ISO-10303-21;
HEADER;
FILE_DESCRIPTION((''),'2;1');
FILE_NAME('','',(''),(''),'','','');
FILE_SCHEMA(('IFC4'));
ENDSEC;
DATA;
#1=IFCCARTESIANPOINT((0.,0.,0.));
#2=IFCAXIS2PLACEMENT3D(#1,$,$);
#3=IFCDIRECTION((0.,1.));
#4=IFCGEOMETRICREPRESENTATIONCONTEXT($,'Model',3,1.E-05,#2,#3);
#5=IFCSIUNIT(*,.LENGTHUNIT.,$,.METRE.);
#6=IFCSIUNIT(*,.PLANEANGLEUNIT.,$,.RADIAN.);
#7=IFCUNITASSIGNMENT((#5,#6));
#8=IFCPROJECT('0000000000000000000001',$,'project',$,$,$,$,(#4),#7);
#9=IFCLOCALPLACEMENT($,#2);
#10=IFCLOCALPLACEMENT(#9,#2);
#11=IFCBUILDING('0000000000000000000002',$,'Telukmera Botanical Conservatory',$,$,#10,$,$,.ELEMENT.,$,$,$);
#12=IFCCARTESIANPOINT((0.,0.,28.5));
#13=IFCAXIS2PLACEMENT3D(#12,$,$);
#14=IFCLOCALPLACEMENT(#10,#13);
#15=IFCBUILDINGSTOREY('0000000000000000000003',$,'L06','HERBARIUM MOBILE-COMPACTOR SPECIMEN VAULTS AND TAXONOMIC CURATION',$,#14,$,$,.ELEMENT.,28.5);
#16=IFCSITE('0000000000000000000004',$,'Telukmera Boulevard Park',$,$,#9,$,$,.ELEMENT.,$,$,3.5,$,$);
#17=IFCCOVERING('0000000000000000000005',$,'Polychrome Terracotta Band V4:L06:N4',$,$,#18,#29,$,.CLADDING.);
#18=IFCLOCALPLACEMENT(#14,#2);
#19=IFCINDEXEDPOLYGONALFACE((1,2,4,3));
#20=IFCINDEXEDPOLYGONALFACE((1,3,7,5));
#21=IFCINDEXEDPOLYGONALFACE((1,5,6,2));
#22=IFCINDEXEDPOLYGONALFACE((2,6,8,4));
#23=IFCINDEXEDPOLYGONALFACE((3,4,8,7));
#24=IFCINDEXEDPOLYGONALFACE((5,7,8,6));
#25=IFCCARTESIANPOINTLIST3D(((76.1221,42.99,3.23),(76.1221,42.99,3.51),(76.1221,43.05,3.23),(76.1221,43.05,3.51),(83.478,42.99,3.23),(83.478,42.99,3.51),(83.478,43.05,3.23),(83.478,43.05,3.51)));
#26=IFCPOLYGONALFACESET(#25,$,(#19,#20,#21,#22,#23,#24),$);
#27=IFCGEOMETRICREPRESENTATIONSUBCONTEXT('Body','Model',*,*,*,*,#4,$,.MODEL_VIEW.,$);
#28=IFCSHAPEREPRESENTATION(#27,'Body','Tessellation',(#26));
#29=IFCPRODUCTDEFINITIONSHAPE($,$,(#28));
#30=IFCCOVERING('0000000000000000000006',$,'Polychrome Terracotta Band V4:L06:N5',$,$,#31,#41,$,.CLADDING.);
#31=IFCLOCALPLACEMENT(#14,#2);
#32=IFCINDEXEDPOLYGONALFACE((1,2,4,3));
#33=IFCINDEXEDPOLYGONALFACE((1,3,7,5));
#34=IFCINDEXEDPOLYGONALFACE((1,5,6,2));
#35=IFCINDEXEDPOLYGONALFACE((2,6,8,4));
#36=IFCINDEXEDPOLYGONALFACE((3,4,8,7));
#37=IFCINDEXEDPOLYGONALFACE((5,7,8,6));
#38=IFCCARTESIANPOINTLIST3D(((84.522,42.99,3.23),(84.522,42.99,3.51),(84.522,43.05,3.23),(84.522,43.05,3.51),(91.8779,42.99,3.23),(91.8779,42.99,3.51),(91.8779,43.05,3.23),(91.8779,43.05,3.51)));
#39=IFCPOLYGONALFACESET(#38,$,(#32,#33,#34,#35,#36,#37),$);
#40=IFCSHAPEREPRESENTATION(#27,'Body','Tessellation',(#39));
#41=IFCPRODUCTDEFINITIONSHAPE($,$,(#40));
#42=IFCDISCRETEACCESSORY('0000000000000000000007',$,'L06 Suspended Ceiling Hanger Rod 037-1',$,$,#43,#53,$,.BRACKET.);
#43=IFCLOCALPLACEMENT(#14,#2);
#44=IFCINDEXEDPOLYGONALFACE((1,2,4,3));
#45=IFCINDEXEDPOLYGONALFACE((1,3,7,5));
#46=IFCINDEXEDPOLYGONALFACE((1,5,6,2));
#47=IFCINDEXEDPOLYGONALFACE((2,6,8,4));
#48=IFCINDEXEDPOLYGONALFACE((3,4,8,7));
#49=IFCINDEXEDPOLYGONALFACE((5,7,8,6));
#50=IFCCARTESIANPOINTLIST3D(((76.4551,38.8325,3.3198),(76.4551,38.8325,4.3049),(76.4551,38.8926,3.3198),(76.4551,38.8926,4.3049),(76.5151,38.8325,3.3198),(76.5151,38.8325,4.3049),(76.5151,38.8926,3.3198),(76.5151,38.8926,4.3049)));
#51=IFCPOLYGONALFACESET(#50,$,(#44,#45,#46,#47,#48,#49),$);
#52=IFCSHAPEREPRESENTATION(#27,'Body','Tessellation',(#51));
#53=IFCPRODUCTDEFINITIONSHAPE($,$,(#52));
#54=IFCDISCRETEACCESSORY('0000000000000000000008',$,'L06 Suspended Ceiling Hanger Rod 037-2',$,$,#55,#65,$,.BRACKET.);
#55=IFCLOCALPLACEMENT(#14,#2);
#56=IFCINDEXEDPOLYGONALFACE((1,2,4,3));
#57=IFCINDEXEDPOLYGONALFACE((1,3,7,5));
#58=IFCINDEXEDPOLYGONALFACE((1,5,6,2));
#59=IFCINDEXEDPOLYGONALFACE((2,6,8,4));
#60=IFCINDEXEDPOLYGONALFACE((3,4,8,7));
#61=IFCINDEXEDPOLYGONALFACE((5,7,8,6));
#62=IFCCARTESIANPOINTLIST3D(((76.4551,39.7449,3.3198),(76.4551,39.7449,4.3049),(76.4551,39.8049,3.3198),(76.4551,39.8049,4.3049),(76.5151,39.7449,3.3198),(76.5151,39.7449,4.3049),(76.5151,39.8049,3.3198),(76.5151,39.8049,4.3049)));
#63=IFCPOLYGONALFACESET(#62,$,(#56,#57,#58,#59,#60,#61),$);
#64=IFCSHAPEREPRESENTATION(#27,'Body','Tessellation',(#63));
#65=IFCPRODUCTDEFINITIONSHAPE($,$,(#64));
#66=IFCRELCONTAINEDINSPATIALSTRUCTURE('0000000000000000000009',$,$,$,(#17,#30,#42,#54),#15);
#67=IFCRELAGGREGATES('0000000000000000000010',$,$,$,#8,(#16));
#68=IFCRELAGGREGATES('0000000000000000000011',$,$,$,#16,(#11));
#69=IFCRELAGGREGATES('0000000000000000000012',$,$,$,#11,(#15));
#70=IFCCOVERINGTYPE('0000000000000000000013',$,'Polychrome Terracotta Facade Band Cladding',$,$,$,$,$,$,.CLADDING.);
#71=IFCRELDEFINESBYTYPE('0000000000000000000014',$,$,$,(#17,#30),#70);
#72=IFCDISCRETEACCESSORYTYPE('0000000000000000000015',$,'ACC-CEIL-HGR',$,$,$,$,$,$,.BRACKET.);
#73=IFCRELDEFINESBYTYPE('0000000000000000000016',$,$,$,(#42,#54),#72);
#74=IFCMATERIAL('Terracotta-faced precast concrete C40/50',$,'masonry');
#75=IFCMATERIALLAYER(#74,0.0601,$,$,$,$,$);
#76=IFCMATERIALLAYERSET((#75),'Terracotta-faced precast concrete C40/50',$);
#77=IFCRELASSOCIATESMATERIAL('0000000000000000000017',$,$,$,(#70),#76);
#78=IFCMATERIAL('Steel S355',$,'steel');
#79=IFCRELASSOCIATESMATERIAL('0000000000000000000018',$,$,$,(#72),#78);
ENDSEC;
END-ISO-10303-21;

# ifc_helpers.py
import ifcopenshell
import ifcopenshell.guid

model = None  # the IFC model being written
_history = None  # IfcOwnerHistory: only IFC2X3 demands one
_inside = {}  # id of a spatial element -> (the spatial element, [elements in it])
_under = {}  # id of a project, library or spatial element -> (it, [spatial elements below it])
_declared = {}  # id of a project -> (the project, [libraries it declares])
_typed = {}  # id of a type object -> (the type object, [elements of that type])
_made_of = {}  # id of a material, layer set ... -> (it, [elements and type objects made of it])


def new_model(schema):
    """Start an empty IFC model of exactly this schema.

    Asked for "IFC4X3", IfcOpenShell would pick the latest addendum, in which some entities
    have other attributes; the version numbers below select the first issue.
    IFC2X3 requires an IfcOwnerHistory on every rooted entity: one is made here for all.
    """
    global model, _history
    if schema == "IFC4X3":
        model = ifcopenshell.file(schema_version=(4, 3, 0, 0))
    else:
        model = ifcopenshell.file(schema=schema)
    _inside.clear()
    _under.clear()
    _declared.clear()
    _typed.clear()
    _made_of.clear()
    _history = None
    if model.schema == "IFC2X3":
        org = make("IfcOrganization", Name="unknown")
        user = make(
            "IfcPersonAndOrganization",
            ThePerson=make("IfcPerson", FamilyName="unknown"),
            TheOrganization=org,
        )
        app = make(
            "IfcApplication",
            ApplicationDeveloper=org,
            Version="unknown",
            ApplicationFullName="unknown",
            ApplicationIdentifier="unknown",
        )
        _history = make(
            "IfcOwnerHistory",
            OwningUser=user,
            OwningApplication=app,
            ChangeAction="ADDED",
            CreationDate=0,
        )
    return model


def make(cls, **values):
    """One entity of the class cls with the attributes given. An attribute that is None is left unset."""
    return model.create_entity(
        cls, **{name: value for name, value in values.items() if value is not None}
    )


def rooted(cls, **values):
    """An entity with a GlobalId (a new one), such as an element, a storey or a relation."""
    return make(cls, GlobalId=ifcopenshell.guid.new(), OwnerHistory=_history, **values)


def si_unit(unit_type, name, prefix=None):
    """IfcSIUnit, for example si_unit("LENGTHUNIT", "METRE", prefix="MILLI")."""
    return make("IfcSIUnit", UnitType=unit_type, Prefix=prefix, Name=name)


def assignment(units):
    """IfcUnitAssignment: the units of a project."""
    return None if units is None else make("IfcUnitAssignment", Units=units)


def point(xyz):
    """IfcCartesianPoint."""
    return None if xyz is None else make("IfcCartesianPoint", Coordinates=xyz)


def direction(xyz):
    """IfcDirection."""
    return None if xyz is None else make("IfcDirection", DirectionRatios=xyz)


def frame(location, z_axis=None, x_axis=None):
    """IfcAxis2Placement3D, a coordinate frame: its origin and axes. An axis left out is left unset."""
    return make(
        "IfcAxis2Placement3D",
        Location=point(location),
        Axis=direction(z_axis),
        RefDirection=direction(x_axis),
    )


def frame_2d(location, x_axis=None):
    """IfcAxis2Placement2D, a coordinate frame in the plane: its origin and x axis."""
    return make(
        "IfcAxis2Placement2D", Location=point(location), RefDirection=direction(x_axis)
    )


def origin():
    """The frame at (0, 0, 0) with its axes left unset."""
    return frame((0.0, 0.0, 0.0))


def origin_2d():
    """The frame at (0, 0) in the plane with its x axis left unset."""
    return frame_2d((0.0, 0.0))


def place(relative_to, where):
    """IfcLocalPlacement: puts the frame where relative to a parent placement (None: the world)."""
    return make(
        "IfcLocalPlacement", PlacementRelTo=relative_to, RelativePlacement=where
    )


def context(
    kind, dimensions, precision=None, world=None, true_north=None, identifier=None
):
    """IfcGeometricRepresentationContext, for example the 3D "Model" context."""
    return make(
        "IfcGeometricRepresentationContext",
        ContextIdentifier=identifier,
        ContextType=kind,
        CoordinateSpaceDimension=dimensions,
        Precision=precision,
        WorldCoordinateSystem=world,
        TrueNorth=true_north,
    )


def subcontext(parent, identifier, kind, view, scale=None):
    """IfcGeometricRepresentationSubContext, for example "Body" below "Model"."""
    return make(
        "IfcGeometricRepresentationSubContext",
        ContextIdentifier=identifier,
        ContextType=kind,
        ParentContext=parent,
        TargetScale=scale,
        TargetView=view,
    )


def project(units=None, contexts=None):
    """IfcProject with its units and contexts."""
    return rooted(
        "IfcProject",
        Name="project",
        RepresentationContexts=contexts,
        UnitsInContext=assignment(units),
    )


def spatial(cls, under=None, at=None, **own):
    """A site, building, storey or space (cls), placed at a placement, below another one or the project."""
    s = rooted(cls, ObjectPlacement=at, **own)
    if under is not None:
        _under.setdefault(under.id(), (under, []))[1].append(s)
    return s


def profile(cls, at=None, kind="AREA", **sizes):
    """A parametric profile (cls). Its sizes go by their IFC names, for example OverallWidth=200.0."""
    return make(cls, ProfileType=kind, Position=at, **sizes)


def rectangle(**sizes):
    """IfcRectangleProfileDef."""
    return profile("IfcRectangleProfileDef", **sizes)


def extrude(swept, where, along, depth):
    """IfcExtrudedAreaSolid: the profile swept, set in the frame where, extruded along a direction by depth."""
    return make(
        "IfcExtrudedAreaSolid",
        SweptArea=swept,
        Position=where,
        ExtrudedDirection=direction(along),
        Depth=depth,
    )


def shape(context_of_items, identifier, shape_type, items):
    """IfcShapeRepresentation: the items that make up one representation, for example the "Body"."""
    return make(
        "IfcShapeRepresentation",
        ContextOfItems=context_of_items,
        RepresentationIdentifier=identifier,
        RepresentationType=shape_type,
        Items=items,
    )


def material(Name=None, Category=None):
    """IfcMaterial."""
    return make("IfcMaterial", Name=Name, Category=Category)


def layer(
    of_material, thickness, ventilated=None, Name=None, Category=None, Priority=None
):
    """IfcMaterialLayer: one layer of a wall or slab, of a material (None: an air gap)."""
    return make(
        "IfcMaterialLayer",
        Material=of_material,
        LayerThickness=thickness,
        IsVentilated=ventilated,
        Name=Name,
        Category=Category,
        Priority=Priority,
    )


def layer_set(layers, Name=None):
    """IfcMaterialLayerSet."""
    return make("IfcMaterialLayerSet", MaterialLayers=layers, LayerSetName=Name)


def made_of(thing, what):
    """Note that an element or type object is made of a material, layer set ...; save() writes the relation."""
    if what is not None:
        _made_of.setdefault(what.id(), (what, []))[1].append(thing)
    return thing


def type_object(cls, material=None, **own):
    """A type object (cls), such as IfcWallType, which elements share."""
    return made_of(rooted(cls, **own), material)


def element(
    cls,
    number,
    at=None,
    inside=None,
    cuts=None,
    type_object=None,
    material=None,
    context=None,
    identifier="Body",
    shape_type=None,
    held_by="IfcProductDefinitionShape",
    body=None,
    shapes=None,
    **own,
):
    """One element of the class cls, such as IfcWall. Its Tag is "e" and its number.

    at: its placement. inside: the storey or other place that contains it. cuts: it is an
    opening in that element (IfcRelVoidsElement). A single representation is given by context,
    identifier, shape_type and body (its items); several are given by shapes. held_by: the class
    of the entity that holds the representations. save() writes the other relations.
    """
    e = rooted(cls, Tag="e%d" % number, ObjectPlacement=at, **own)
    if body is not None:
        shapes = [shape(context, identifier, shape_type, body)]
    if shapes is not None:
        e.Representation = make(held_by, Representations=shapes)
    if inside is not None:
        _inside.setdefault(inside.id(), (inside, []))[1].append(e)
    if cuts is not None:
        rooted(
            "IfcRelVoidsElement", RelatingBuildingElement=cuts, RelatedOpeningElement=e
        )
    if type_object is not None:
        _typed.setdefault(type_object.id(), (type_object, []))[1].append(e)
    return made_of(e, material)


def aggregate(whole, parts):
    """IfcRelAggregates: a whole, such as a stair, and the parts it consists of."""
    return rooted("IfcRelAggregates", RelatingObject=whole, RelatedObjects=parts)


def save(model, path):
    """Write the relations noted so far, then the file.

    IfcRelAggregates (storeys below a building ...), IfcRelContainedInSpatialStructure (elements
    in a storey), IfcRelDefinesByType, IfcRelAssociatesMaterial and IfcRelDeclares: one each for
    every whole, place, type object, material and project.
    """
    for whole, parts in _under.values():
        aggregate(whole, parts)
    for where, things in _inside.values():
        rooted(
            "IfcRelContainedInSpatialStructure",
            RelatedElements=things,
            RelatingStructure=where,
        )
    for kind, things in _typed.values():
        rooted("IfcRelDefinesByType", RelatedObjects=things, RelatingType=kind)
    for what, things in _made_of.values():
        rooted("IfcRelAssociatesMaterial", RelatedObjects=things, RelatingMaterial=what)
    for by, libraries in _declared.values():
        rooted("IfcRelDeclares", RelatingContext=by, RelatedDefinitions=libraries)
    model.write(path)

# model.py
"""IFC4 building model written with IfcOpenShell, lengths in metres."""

from ifc_helpers import new_model, si_unit, direction, frame, origin, origin_2d, place, context, subcontext, project, spatial, rectangle, extrude, material, layer, layer_set, type_object, element, save


model = new_model("IFC4")

# Units and contexts
model_context = context("Model", 3, precision=1e-05, world=origin(), true_north=direction((0.0, 1.0)))
body_context = subcontext(model_context, "Body", "Model", "MODEL_VIEW")
ifc_project = project(units=[si_unit("LENGTHUNIT", "METRE"), si_unit("PLANEANGLEUNIT", "RADIAN")], contexts=[model_context])

# Site, building, storey
site_placement = place(None, origin())
site = spatial("IfcSite", under=ifc_project, at=site_placement, Name="Telukmera Boulevard Park", CompositionType="ELEMENT", RefElevation=3.5)
building_placement = place(site_placement, origin())
building = spatial("IfcBuilding", under=site, at=building_placement, Name="Telukmera Botanical Conservatory", CompositionType="ELEMENT")
storey_placement = place(building_placement, frame((0.0, 0.0, 28.5)))
storey = spatial("IfcBuildingStorey", under=building, at=storey_placement, Name="L06", Description="HERBARIUM MOBILE-COMPACTOR SPECIMEN VAULTS AND TAXONOMIC CURATION", CompositionType="ELEMENT", Elevation=28.5)

# Shared definitions
ifc_material_1 = material(Name="Terracotta-faced precast concrete C40/50", Category="masonry")

# Coverings
ifc_layer_1 = layer(ifc_material_1, 0.0601)
ifc_layer_set_1 = layer_set([ifc_layer_1], Name="Terracotta-faced precast concrete C40/50")
covering_type_1 = type_object("IfcCoveringType", Name="Polychrome Terracotta Facade Band Cladding", PredefinedType="CLADDING", material=ifc_layer_set_1)
for number, where, z_axis, x_axis, name in (
    (1, (79.8, 43.02, 3.23), (0.0, 0.0, 1.0), (1.0, 0.0, 0.0), "Polychrome Terracotta Band V4:L06:N4"),
    (2, (88.2, 43.02, 3.23), (0.0, 0.0, 1.0), (1.0, 0.0, 0.0), "Polychrome Terracotta Band V4:L06:N5"),
):
    element("IfcCovering", number, at=place(storey_placement, frame(where, z_axis=z_axis, x_axis=x_axis)), inside=storey, type_object=covering_type_1, Name=name, PredefinedType="CLADDING", context=body_context, shape_type="SweptSolid", body=[
        extrude(rectangle(XDim=7.356, YDim=0.0601, at=origin_2d()), origin(), (0.0, 0.0, 1.0), 0.28),
    ])

# Discrete accessories
ifc_material_2 = material(Name="Steel S355", Category="steel")
discrete_accessory_type = type_object("IfcDiscreteAccessoryType", Name="ACC-CEIL-HGR", PredefinedType="BRACKET", material=ifc_material_2)
for number, where, z_axis, x_axis, name in (
    (3, (76.4851, 38.8625, 3.3198), (0.0, 0.0, 1.0), (1.0, 0.0, 0.0), "L06 Suspended Ceiling Hanger Rod 037-1"),
    (4, (76.4851, 39.7749, 3.3198), (0.0, 0.0, 1.0), (1.0, 0.0, 0.0), "L06 Suspended Ceiling Hanger Rod 037-2"),
):
    element("IfcDiscreteAccessory", number, at=place(storey_placement, frame(where, z_axis=z_axis, x_axis=x_axis)), inside=storey, type_object=discrete_accessory_type, Name=name, PredefinedType="BRACKET", context=body_context, shape_type="SweptSolid", body=[
        extrude(rectangle(XDim=0.0601, YDim=0.0601, at=origin_2d()), origin(), (0.0, 0.0, 1.0), 0.9851),
    ])

save(model, "model.ifc")
